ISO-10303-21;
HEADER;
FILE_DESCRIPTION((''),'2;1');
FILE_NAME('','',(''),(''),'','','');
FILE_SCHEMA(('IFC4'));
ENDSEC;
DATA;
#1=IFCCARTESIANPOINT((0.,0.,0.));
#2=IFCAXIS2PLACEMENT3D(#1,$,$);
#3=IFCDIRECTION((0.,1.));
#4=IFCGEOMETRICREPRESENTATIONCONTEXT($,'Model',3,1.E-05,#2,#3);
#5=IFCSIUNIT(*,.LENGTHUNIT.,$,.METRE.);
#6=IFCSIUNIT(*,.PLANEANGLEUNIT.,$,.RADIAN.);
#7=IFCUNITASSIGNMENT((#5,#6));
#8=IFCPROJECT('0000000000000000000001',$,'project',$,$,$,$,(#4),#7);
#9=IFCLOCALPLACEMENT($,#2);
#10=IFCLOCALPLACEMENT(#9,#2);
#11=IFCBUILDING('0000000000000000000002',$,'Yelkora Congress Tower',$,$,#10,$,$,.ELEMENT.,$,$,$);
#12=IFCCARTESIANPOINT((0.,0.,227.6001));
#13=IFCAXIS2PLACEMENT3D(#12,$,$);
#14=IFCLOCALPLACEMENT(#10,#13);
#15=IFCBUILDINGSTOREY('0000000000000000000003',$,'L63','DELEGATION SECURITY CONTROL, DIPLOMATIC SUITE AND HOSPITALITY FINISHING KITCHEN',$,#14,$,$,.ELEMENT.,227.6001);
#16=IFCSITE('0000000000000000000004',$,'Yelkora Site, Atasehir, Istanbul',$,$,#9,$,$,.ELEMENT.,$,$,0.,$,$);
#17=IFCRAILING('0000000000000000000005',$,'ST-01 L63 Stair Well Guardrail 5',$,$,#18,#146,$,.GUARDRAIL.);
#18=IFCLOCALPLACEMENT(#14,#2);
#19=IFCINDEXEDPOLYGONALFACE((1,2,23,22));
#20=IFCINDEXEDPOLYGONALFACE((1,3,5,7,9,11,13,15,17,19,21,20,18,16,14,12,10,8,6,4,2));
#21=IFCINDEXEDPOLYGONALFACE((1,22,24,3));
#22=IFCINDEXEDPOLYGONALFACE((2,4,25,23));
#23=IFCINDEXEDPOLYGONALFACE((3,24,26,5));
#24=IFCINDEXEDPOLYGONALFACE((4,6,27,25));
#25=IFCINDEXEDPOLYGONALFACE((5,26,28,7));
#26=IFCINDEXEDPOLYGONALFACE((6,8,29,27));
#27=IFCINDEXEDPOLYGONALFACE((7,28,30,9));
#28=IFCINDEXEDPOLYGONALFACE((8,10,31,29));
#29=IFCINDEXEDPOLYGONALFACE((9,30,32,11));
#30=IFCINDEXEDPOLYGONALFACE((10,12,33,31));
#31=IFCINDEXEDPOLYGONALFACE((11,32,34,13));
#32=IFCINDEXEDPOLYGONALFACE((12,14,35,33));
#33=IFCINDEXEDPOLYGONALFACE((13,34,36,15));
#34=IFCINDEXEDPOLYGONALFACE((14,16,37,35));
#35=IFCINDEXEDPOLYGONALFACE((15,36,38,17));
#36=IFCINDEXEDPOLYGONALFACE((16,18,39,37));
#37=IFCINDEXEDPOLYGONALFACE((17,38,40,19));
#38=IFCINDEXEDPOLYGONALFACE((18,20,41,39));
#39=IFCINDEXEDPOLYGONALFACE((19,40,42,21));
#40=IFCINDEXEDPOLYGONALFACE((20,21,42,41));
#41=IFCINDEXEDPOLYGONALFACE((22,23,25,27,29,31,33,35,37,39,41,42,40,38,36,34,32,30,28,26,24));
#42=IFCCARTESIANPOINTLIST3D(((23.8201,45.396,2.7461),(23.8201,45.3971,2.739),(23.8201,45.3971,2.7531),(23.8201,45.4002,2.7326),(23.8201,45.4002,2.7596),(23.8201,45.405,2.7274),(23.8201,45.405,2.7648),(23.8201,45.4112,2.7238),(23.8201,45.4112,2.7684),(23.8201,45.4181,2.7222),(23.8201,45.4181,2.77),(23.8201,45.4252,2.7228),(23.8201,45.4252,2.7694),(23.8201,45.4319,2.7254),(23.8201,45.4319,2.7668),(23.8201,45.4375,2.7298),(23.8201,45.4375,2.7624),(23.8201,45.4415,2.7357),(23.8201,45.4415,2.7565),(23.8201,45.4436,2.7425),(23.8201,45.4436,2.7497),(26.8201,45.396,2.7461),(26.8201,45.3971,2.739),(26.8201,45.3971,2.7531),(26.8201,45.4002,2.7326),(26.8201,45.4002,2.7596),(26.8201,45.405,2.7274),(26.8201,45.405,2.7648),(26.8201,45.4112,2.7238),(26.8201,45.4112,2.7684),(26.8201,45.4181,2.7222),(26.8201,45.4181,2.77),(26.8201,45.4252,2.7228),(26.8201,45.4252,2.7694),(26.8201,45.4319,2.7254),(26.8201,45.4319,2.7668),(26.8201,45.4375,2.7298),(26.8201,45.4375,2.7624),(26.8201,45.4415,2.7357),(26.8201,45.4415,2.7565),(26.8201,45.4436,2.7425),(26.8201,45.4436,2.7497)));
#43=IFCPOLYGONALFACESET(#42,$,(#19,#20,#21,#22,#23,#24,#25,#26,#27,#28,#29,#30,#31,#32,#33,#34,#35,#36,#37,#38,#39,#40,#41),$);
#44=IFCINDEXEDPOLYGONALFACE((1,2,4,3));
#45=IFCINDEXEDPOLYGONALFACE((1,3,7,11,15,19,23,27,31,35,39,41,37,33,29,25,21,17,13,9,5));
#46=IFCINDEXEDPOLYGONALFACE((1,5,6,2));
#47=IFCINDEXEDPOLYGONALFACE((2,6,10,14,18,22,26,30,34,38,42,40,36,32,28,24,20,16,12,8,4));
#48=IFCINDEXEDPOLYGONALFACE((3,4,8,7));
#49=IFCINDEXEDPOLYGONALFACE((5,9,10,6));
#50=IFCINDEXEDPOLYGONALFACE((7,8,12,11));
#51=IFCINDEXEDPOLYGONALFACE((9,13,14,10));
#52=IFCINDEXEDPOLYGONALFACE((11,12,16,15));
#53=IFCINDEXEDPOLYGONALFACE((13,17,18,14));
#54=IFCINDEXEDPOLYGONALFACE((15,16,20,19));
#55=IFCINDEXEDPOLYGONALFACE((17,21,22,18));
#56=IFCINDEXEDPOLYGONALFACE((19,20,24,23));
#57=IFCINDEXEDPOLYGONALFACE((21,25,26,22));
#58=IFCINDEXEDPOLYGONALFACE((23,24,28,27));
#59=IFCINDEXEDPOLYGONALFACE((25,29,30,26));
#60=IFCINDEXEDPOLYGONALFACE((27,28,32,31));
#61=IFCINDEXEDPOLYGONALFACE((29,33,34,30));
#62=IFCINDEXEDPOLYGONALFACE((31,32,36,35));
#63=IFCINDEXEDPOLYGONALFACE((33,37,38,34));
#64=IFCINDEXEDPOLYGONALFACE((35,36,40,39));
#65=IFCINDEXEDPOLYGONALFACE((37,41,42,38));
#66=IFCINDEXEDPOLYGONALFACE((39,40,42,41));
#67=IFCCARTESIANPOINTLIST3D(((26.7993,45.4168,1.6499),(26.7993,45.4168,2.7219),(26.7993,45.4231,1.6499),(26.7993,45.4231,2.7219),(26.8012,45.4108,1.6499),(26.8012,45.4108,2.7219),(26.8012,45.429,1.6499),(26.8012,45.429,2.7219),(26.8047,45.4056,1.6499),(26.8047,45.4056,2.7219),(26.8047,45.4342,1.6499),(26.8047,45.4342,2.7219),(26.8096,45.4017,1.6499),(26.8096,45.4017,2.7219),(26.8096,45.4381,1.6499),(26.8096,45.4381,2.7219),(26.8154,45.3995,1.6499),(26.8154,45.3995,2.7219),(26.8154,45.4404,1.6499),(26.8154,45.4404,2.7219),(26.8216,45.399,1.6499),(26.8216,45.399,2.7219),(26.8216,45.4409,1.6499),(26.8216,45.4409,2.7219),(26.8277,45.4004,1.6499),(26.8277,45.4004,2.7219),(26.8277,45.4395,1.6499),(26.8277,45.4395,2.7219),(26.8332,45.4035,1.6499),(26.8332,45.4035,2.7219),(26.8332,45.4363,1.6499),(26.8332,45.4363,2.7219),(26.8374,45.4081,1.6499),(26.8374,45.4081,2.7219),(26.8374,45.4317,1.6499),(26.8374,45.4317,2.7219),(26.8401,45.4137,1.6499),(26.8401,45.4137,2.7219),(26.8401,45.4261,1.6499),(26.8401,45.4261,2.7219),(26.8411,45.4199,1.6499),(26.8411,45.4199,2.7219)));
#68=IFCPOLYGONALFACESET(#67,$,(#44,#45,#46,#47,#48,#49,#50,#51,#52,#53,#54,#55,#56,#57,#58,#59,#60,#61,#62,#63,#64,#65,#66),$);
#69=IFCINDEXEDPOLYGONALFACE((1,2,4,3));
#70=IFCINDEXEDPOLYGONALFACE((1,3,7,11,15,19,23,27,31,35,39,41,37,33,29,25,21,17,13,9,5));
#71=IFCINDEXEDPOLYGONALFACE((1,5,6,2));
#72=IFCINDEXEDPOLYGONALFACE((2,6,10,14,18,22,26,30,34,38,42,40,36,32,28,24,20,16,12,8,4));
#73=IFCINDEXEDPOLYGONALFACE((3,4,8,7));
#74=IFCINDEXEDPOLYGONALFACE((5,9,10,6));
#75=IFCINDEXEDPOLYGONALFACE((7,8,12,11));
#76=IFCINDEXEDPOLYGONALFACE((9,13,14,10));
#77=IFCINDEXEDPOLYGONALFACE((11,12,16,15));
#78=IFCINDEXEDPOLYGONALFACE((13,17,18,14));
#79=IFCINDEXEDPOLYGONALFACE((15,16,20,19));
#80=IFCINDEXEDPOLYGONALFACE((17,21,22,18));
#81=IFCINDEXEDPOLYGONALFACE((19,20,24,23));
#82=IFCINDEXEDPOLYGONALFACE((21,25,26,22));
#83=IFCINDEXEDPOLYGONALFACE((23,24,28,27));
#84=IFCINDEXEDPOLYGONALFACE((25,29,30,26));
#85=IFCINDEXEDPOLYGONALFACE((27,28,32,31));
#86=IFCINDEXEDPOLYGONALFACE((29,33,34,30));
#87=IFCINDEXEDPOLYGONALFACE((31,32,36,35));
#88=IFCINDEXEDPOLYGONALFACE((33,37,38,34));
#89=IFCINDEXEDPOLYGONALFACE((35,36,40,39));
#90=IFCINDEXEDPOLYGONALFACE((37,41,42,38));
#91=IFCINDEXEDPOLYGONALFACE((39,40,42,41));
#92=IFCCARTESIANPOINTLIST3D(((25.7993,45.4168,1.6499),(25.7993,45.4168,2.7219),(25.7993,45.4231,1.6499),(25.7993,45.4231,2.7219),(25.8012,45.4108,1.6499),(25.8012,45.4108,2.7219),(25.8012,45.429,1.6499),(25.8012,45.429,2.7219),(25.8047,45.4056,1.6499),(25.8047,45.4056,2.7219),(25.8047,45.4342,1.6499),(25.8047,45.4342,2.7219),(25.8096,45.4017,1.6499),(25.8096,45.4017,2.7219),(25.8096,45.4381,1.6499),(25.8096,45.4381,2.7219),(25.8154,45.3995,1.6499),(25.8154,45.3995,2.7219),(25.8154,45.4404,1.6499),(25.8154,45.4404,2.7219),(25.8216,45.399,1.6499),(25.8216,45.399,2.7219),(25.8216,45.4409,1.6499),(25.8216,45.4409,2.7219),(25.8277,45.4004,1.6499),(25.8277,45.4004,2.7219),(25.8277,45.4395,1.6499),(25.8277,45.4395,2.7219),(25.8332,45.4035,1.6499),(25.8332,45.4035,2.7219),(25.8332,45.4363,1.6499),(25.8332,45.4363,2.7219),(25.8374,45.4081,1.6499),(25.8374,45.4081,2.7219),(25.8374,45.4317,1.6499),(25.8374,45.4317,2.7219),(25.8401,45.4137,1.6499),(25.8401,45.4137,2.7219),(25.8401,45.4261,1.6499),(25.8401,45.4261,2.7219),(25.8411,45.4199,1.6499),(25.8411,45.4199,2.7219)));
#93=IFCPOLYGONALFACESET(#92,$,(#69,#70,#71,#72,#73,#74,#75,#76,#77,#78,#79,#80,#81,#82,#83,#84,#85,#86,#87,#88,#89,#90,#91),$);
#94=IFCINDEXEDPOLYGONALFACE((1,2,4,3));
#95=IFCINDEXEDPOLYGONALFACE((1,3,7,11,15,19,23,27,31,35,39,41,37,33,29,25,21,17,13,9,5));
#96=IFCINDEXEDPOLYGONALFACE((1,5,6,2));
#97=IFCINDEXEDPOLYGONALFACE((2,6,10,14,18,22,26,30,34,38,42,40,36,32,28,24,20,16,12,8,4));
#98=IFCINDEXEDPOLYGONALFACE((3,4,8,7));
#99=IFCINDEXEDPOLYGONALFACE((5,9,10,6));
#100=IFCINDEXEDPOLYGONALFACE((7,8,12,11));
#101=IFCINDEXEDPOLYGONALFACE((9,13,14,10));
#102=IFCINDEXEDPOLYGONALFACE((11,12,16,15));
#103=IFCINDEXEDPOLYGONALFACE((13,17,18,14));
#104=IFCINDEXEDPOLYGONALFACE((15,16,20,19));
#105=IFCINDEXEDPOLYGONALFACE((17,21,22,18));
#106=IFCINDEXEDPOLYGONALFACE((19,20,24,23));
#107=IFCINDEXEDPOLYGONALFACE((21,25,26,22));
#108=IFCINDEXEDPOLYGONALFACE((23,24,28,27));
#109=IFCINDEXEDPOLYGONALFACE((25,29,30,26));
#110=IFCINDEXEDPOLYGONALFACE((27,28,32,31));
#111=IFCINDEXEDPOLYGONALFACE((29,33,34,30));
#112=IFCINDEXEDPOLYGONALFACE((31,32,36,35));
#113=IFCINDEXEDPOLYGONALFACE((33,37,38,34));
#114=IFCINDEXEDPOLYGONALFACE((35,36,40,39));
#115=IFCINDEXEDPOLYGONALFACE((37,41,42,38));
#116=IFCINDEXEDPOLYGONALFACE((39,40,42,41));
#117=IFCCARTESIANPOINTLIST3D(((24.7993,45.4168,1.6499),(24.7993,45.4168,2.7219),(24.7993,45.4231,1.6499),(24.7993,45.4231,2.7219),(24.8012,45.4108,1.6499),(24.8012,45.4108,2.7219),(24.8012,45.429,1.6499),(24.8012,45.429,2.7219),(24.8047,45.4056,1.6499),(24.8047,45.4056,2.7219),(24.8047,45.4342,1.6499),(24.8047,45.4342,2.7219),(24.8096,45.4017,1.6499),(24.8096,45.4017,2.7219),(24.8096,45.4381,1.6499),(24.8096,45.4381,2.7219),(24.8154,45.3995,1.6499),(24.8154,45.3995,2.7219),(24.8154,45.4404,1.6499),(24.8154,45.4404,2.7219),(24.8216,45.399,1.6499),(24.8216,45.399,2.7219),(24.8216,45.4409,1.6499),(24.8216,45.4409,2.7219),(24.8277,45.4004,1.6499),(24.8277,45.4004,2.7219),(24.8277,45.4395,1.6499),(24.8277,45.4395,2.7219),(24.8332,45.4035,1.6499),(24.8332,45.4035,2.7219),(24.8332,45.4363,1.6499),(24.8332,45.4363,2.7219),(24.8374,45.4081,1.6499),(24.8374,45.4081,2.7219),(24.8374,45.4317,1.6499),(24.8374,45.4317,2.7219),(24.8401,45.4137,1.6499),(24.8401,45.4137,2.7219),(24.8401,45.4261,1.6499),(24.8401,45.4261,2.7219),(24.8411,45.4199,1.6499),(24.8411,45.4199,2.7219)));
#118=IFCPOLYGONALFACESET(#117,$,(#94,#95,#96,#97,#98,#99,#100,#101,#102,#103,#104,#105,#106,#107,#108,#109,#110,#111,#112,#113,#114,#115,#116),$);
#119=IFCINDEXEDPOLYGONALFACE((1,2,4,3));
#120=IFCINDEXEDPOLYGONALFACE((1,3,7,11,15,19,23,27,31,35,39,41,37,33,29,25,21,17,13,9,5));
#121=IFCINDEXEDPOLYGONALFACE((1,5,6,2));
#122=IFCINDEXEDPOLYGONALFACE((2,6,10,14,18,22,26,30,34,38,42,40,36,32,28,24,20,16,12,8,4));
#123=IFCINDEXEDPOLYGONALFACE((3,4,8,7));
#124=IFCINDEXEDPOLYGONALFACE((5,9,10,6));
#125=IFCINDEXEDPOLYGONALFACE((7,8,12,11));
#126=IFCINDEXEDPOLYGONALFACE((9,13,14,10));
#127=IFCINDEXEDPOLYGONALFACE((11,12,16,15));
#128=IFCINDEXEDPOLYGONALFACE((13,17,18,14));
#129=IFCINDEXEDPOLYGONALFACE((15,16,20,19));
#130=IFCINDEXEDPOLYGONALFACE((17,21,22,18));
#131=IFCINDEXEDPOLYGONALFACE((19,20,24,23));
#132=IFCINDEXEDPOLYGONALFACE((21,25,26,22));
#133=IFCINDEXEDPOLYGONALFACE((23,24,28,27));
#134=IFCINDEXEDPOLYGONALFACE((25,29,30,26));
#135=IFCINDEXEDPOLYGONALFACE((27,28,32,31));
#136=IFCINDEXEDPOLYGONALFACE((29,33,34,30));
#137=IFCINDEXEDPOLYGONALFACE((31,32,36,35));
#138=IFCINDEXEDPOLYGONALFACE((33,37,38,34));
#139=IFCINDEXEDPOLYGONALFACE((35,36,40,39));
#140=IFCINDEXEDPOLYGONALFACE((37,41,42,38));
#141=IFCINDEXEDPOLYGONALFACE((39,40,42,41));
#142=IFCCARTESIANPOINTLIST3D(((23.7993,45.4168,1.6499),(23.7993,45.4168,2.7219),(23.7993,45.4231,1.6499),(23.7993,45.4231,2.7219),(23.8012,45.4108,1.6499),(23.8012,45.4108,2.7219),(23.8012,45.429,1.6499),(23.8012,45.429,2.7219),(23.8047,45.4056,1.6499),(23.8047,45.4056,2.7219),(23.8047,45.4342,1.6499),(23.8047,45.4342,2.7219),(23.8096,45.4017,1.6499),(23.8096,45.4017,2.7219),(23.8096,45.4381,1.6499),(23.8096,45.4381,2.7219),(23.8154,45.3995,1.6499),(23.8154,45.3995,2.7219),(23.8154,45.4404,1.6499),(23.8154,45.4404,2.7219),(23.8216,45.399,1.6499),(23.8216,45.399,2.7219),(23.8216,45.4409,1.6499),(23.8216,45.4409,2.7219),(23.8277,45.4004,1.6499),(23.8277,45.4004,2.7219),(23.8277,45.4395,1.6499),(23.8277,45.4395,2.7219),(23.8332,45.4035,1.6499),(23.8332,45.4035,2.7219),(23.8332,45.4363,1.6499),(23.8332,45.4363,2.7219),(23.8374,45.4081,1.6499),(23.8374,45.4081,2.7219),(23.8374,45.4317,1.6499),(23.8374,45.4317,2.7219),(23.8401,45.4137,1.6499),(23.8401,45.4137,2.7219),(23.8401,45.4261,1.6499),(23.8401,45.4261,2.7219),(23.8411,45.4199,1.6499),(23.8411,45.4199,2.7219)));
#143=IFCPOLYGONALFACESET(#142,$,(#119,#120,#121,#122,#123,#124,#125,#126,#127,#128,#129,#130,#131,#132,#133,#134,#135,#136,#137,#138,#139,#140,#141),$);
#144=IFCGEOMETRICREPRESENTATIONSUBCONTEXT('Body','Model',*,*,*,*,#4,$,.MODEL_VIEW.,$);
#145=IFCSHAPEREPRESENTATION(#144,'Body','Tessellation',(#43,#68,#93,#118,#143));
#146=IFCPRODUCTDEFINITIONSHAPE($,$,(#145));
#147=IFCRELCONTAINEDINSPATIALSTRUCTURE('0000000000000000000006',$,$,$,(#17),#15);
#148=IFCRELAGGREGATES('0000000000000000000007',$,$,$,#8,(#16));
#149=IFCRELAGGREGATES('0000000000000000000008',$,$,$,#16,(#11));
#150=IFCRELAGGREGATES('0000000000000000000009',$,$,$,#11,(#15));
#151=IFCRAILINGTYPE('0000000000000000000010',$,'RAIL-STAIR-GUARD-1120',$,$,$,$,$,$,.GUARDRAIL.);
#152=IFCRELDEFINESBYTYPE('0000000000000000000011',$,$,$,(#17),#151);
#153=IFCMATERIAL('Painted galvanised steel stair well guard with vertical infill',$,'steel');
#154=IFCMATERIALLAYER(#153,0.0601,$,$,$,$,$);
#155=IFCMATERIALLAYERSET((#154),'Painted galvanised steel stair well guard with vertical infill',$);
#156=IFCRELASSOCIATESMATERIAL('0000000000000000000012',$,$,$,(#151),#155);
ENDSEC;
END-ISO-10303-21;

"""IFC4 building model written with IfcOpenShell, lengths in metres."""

from ifc_helpers import new_model, si_unit, direction, frame, origin, origin_2d, place, context, subcontext, project, spatial, circle, extrude, material, layer, layer_set, type_object, element, save


model = new_model("IFC4")

# Units and contexts
model_context = context("Model", 3, precision=1e-05, world=origin(), true_north=direction((0.0, 1.0)))
body_context = subcontext(model_context, "Body", "Model", "MODEL_VIEW")
ifc_project = project(units=[si_unit("LENGTHUNIT", "METRE"), si_unit("PLANEANGLEUNIT", "RADIAN")], contexts=[model_context])

# Site, building, storey
site_placement = place(None, origin())
site = spatial("IfcSite", under=ifc_project, at=site_placement, Name="Yelkora Site, Atasehir, Istanbul", CompositionType="ELEMENT", RefElevation=0.0)
building_placement = place(site_placement, origin())
building = spatial("IfcBuilding", under=site, at=building_placement, Name="Yelkora Congress Tower", CompositionType="ELEMENT")
storey_placement = place(building_placement, frame((0.0, 0.0, 227.6001)))
storey = spatial("IfcBuildingStorey", under=building, at=storey_placement, Name="L63", Description="DELEGATION SECURITY CONTROL, DIPLOMATIC SUITE AND HOSPITALITY FINISHING KITCHEN", CompositionType="ELEMENT", Elevation=227.6001)

# Railing
ifc_material_1 = material(Name="Painted galvanised steel stair well guard with vertical infill", Category="steel")
ifc_layer_1 = layer(ifc_material_1, 0.0601)
ifc_layer_set_1 = layer_set([ifc_layer_1], Name="Painted galvanised steel stair well guard with vertical infill")
railing_type = type_object("IfcRailingType", Name="RAIL-STAIR-GUARD-1120", PredefinedType="GUARDRAIL", material=ifc_layer_set_1)
railing_1_placement = place(storey_placement, frame((26.8201, 45.4199, 1.6499)))
element("IfcRailing", 1, at=railing_1_placement, inside=storey, type_object=railing_type, Name="ST-01 L63 Stair Well Guardrail 5", PredefinedType="GUARDRAIL", context=body_context, shape_type="SweptSolid", body=[
    extrude(circle(Radius=0.0239, at=origin_2d()), frame((0.0, 0.0, 1.0962), z_axis=(-1.0, 0.0, 0.0), x_axis=(0.0, -1.0, 0.0)), (0.0, 0.0, 1.0), 3.0),
    extrude(circle(Radius=0.021, at=origin_2d()), origin(), (0.0, 0.0, 1.0), 1.072),
    extrude(circle(Radius=0.021, at=origin_2d()), frame((-1.0, 0.0, 0.0)), (0.0, 0.0, 1.0), 1.072),
    extrude(circle(Radius=0.021, at=origin_2d()), frame((-2.0, 0.0, 0.0)), (0.0, 0.0, 1.0), 1.072),
    extrude(circle(Radius=0.021, at=origin_2d()), frame((-3.0, 0.0, 0.0)), (0.0, 0.0, 1.0), 1.072),
])

save(model, "model.ifc")
